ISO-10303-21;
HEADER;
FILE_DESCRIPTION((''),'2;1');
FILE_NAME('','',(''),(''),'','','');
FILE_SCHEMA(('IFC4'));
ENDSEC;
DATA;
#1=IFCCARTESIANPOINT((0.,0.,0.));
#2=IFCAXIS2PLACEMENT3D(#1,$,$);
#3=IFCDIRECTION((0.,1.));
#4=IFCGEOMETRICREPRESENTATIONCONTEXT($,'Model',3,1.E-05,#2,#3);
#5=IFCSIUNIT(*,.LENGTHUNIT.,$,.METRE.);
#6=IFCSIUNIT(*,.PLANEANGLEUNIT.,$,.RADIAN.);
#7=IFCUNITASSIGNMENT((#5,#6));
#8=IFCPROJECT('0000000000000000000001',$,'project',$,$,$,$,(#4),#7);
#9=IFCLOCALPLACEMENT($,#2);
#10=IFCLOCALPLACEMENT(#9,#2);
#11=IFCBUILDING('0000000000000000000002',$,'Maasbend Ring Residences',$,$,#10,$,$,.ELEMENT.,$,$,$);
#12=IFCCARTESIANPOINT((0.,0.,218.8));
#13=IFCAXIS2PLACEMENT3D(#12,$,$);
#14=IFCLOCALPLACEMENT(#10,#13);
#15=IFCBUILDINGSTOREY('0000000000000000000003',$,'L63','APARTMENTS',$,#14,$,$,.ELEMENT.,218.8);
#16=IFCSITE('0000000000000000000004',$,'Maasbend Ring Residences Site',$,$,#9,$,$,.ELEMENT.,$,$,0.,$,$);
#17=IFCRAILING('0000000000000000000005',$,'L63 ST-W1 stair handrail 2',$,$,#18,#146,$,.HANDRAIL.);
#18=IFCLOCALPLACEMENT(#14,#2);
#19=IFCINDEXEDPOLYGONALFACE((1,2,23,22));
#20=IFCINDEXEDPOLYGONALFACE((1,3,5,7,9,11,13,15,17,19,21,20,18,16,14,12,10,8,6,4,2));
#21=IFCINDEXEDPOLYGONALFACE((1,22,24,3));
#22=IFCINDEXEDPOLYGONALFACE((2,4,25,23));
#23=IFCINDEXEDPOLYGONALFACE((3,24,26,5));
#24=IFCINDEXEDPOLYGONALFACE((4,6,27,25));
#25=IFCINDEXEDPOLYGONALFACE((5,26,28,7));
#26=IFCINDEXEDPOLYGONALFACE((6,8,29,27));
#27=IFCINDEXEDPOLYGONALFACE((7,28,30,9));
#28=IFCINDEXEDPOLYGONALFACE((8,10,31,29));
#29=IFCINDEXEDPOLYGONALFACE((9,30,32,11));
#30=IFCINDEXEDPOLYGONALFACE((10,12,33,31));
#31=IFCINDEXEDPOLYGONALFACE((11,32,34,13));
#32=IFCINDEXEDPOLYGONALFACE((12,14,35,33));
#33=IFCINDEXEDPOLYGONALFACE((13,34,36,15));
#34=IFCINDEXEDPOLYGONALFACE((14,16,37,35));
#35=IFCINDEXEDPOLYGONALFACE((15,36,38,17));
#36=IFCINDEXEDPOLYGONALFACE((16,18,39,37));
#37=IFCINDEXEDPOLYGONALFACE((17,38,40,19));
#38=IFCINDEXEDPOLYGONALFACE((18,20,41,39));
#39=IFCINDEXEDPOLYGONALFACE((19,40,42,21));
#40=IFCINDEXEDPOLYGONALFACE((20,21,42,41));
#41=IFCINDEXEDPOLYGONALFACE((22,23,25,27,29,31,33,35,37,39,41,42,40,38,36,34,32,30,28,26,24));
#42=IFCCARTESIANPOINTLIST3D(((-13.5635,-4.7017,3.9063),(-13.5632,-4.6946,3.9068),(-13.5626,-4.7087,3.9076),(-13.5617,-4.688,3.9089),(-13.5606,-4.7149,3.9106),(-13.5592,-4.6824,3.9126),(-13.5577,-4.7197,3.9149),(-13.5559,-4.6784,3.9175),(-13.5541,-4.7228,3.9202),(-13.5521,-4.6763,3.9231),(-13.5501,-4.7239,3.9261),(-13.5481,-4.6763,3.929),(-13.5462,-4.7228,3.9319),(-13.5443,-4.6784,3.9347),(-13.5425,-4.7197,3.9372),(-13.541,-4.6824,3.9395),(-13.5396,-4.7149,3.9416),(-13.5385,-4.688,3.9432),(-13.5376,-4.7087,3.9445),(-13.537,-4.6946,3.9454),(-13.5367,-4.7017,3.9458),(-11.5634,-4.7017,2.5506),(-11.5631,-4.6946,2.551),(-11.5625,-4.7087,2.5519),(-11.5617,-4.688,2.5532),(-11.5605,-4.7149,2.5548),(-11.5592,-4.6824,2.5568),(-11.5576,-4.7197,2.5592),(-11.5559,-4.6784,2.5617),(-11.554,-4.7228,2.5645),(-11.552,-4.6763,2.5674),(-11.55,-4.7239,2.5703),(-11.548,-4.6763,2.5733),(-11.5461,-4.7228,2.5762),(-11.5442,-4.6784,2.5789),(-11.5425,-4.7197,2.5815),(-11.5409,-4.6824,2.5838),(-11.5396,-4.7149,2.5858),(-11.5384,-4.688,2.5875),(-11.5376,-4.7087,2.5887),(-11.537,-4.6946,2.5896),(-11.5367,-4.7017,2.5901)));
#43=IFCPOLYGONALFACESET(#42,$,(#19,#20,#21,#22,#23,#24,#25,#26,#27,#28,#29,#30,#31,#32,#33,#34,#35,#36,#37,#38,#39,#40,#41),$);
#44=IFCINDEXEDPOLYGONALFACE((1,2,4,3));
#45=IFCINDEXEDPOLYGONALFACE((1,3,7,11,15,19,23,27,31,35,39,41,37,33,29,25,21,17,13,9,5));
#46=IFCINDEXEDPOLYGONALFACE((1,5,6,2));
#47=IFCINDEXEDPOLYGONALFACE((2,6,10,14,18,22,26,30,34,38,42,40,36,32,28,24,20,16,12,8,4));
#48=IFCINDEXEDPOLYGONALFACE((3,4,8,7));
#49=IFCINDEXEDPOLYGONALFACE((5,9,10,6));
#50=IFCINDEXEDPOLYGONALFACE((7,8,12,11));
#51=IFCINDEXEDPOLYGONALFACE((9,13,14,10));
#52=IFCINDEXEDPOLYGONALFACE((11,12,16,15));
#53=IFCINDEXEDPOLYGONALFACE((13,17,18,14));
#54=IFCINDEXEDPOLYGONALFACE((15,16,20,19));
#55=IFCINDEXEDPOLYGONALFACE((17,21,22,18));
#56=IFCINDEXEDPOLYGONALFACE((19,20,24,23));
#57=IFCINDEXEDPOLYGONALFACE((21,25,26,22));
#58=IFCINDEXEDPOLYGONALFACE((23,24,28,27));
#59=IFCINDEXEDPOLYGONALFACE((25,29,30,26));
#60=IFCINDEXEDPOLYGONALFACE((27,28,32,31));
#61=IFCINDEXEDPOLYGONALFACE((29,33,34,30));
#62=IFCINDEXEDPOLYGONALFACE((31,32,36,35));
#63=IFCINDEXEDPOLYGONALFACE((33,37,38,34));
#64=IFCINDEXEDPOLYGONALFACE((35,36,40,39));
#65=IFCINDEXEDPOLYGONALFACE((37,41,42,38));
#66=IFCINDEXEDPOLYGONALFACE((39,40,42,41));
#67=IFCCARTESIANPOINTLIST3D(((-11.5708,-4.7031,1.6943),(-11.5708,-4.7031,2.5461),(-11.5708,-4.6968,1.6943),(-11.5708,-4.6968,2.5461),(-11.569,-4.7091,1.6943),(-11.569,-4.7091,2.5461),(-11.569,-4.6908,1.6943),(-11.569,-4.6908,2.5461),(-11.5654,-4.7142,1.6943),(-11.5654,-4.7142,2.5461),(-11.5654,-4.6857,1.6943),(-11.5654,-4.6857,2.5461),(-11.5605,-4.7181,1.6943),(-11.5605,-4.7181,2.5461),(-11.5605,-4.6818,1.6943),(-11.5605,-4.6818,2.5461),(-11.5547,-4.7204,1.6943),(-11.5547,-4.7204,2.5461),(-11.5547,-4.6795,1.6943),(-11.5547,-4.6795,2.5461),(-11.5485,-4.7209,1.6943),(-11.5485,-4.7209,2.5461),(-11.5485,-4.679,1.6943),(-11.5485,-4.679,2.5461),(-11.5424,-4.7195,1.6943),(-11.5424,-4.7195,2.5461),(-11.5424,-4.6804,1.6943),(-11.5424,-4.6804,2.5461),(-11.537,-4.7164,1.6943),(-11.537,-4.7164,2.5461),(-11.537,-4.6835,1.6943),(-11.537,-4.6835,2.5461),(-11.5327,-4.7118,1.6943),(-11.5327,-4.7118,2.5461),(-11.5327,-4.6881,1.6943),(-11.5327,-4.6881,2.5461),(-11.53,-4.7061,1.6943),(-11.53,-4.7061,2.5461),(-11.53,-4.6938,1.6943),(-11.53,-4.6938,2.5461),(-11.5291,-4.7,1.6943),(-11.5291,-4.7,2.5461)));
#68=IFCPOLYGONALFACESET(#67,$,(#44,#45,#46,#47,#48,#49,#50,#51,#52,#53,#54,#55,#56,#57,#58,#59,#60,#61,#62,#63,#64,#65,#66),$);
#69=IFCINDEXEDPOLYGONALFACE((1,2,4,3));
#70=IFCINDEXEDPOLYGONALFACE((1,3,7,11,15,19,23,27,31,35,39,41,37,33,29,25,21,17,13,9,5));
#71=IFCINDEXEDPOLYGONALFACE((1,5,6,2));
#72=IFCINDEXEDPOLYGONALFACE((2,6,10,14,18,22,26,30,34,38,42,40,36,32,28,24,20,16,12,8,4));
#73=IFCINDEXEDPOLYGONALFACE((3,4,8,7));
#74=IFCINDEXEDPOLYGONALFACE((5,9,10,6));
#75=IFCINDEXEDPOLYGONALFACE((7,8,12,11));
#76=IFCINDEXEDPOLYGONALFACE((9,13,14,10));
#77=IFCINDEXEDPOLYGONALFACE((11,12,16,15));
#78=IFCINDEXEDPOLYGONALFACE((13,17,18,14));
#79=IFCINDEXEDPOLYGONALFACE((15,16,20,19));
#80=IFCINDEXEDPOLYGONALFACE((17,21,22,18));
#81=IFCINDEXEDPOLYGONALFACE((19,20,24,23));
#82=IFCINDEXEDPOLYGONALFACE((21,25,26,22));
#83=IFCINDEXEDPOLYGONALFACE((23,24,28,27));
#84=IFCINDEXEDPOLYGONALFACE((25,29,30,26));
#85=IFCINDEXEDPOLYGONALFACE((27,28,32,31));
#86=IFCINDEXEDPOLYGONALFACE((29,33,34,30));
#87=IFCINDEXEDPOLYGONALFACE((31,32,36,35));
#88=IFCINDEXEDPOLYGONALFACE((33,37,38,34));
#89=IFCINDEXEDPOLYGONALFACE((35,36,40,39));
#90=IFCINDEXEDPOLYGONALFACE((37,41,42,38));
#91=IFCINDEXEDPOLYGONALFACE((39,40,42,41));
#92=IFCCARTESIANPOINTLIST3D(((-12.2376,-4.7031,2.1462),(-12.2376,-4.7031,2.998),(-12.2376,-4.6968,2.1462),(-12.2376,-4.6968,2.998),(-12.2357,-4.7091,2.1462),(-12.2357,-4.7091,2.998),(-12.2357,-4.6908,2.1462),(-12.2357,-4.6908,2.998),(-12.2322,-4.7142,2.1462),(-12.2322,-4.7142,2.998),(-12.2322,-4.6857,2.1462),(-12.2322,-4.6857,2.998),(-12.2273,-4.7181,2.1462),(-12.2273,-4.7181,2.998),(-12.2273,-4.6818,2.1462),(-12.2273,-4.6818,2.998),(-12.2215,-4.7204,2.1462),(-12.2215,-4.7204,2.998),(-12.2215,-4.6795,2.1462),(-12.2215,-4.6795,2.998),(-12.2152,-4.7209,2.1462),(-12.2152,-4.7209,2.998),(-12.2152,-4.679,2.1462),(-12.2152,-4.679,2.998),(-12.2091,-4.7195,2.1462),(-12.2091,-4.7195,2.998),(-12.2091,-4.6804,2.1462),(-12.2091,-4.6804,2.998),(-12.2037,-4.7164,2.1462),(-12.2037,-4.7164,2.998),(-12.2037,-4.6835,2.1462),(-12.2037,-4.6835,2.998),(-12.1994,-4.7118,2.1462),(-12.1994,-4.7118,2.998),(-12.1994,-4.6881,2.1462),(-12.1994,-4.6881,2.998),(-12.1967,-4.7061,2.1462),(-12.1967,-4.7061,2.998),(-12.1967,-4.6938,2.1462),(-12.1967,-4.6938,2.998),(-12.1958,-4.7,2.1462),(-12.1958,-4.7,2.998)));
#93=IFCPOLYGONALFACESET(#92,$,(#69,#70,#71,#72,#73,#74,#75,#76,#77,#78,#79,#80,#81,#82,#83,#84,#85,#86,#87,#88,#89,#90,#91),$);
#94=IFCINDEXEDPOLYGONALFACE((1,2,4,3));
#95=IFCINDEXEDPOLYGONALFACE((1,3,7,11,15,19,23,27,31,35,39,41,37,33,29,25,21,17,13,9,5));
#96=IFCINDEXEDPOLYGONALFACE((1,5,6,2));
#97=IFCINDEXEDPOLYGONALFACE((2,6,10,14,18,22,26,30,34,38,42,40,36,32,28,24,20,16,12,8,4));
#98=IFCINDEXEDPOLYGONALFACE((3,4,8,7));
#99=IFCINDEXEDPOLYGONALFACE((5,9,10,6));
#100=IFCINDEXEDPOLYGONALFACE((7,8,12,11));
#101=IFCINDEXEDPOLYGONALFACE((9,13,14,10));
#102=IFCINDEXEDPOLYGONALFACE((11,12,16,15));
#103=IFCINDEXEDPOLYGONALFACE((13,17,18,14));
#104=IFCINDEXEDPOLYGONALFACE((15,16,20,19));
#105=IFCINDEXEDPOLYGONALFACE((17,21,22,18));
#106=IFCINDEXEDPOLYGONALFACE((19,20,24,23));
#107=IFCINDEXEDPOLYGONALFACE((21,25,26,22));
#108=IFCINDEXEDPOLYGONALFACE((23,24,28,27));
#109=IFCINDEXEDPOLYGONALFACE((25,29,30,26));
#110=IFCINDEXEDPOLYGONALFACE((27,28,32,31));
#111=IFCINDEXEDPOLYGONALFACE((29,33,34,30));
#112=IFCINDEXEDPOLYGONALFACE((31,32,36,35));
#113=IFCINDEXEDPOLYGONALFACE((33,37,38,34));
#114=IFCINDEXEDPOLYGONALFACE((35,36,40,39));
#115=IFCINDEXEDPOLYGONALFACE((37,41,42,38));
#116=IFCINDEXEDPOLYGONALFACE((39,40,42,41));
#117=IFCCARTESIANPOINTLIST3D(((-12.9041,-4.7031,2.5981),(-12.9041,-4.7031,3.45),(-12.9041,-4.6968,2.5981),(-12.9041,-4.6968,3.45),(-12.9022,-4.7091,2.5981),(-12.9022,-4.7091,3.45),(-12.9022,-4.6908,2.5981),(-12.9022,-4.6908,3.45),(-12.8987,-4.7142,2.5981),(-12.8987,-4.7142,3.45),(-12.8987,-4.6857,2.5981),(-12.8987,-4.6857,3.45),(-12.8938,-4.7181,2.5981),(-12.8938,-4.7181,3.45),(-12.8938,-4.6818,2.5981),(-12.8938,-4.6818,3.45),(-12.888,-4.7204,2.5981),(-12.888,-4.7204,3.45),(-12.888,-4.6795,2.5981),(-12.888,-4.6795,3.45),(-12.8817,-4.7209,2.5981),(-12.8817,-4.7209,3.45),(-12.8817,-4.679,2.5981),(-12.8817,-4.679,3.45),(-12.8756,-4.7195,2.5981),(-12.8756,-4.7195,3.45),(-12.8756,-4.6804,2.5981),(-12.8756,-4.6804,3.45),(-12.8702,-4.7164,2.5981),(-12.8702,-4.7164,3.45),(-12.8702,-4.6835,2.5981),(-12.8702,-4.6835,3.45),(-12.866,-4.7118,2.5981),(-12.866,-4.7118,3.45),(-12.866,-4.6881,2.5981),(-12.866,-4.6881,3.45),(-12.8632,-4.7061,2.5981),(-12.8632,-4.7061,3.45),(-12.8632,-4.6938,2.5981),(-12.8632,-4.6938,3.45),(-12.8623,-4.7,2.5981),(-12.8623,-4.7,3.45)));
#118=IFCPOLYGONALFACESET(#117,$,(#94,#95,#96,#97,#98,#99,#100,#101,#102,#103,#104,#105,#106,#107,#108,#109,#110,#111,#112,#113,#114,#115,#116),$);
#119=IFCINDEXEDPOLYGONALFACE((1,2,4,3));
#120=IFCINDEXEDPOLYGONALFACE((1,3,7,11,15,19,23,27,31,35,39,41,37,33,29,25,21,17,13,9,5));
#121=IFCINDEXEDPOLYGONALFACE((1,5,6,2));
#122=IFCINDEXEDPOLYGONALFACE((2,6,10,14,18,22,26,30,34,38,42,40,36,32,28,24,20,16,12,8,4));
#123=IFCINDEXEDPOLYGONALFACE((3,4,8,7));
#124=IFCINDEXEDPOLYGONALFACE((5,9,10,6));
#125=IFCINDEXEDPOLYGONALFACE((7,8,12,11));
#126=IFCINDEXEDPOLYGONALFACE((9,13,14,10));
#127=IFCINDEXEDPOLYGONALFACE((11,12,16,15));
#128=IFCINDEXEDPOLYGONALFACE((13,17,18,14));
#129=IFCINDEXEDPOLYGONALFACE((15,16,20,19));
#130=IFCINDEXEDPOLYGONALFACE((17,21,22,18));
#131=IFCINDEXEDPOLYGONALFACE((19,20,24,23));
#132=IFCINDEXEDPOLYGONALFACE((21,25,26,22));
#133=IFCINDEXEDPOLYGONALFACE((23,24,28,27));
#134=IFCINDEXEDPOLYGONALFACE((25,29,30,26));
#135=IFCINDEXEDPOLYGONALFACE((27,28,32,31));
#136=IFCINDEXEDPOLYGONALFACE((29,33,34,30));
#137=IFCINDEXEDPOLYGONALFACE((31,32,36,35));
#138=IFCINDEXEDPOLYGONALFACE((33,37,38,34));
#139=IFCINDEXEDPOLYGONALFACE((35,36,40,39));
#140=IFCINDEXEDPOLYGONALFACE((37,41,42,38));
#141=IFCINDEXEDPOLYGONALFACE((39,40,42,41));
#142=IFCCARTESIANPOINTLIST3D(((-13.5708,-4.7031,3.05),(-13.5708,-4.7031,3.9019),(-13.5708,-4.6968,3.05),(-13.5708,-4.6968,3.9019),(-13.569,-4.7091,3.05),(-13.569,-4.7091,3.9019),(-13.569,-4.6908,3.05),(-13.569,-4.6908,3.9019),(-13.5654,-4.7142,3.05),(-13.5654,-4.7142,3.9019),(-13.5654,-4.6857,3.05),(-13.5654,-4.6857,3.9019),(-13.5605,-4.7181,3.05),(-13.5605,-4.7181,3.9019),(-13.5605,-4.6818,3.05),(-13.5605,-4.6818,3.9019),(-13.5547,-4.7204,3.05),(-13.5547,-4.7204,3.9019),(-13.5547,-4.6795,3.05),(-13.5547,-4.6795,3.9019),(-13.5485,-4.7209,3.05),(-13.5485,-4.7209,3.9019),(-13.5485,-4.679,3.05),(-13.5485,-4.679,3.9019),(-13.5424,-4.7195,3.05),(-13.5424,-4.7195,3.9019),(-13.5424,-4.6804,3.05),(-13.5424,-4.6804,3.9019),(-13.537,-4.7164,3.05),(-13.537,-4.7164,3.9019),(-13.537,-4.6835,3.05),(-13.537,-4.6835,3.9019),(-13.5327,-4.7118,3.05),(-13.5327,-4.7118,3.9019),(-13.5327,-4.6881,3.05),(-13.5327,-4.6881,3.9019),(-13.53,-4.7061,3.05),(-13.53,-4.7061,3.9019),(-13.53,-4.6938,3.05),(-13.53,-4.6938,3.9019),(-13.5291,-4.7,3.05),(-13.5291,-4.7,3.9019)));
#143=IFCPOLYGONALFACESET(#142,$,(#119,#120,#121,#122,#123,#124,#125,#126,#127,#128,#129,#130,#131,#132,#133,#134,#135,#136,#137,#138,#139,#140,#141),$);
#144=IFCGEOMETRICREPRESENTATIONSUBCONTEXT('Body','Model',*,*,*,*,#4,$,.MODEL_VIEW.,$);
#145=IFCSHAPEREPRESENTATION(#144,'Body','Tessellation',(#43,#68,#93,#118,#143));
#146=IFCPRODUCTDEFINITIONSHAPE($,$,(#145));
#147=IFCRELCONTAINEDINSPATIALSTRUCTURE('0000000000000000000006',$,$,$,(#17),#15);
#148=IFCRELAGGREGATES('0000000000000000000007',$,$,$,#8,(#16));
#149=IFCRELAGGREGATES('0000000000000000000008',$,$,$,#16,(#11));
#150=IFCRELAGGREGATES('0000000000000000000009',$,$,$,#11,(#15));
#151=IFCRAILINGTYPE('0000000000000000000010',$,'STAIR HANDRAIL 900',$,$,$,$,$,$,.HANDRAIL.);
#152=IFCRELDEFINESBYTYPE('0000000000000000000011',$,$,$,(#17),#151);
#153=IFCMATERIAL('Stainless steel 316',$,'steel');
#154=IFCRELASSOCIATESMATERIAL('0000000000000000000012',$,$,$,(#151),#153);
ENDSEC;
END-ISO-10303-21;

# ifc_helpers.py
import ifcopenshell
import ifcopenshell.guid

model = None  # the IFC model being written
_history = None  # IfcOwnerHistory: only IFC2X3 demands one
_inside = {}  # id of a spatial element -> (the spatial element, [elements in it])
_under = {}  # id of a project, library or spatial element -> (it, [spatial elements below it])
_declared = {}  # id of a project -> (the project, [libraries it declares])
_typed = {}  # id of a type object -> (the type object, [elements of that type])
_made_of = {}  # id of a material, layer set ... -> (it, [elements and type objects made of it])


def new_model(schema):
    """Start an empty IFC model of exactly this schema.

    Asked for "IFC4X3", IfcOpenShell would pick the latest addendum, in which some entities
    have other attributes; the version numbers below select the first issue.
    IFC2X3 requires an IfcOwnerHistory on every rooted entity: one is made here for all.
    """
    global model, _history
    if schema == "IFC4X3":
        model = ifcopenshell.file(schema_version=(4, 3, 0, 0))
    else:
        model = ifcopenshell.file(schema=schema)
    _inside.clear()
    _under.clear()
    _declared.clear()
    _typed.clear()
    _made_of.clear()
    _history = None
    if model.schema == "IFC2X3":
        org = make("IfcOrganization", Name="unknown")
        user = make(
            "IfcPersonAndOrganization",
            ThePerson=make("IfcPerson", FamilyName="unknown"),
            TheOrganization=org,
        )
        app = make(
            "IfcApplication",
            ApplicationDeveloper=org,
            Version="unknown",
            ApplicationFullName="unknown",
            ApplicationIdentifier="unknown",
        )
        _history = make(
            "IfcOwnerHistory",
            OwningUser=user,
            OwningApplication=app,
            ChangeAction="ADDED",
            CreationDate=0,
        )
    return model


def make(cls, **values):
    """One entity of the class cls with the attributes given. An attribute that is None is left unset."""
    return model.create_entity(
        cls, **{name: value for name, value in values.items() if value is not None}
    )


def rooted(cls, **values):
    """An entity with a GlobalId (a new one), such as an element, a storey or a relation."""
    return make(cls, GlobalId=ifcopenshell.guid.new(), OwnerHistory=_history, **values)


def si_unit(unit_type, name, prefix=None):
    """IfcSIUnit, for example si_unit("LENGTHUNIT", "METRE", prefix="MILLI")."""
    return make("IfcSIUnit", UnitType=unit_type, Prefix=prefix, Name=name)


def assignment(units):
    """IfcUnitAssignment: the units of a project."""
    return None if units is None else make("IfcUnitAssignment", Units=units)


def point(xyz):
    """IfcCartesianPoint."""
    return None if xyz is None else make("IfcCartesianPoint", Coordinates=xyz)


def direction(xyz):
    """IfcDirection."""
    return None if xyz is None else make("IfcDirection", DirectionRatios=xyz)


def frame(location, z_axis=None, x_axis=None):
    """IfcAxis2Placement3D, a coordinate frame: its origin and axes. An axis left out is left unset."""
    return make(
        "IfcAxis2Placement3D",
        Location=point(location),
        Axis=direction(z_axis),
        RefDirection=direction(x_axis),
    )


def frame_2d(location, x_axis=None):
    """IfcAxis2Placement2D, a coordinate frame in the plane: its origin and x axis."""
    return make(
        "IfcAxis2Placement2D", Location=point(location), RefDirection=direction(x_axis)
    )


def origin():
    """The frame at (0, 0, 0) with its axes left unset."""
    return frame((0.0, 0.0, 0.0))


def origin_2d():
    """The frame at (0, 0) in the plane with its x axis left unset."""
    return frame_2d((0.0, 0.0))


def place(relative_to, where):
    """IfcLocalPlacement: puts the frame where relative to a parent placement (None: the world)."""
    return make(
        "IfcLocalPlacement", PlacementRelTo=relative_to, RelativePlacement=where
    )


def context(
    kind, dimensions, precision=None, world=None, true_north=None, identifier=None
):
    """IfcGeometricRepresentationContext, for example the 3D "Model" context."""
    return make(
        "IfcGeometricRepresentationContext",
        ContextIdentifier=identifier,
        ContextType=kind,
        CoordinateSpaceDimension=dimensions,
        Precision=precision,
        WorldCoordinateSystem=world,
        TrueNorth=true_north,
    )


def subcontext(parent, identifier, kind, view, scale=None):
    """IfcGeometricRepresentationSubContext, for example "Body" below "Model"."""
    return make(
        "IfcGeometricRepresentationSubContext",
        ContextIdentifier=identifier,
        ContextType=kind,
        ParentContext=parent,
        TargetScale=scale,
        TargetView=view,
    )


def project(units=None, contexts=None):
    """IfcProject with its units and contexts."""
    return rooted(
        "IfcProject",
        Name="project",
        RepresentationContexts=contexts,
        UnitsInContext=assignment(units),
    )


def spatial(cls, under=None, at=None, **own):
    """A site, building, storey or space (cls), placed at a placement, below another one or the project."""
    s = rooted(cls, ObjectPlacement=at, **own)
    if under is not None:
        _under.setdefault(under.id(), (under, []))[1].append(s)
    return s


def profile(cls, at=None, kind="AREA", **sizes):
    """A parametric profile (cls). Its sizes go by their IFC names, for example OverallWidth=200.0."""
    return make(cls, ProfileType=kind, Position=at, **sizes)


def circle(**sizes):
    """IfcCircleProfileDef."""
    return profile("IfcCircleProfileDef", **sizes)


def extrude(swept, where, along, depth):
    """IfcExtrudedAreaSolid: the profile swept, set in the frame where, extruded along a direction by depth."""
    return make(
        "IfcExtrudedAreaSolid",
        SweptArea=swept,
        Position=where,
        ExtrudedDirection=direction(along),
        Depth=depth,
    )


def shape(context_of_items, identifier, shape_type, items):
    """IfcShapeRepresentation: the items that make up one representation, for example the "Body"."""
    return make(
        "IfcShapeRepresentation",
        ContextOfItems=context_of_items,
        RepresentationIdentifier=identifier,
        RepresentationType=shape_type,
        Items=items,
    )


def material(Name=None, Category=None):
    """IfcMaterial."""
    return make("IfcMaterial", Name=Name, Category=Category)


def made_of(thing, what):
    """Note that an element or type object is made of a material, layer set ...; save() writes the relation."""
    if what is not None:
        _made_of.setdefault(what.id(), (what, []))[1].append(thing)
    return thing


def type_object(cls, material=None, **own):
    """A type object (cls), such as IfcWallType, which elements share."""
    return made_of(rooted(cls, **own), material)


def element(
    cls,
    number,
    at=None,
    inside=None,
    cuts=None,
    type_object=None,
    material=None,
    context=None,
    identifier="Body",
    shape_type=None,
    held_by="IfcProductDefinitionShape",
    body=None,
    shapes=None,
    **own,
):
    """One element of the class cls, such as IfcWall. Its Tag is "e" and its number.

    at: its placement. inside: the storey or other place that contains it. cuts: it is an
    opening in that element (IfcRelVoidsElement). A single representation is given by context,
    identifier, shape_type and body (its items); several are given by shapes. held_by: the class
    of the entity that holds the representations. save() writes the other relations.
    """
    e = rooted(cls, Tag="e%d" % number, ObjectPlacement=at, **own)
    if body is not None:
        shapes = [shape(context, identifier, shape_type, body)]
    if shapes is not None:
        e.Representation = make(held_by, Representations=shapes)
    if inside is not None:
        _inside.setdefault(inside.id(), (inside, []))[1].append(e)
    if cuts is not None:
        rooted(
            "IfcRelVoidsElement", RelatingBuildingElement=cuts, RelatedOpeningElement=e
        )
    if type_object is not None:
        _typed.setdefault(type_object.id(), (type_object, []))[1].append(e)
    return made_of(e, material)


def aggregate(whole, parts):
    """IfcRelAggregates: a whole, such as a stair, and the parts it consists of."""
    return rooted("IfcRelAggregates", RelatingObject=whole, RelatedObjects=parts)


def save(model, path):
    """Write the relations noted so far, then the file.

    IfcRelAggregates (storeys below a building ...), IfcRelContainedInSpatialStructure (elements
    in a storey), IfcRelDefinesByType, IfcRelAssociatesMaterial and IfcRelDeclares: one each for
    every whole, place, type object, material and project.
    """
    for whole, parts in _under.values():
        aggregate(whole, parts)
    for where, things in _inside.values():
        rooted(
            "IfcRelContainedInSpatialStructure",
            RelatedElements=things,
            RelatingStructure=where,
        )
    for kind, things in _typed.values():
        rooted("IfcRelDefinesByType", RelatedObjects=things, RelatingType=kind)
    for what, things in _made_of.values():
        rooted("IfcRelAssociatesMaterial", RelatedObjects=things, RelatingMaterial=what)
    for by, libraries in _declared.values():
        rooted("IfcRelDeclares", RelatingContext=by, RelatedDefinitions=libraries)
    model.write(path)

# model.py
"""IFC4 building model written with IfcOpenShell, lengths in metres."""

from ifc_helpers import new_model, si_unit, direction, frame, origin, origin_2d, place, context, subcontext, project, spatial, circle, extrude, material, type_object, element, save


model = new_model("IFC4")

# Units and contexts
model_context = context("Model", 3, precision=1e-05, world=origin(), true_north=direction((0.0, 1.0)))
body_context = subcontext(model_context, "Body", "Model", "MODEL_VIEW")
ifc_project = project(units=[si_unit("LENGTHUNIT", "METRE"), si_unit("PLANEANGLEUNIT", "RADIAN")], contexts=[model_context])

# Site, building, storey
site_placement = place(None, origin())
site = spatial("IfcSite", under=ifc_project, at=site_placement, Name="Maasbend Ring Residences Site", CompositionType="ELEMENT", RefElevation=0.0)
building_placement = place(site_placement, origin())
building = spatial("IfcBuilding", under=site, at=building_placement, Name="Maasbend Ring Residences", CompositionType="ELEMENT")
storey_placement = place(building_placement, frame((0.0, 0.0, 218.8)))
storey = spatial("IfcBuildingStorey", under=building, at=storey_placement, Name="L63", Description="APARTMENTS", CompositionType="ELEMENT", Elevation=218.8)

# Railing
ifc_material_1 = material(Name="Stainless steel 316", Category="steel")
railing_type_1 = type_object("IfcRailingType", Name="STAIR HANDRAIL 900", PredefinedType="HANDRAIL", material=ifc_material_1)
railing_1_placement = place(storey_placement, frame((-11.55, -4.7, 1.6943)))
element("IfcRailing", 1, at=railing_1_placement, inside=storey, type_object=railing_type_1, Name="L63 ST-W1 stair handrail 2", PredefinedType="HANDRAIL", context=body_context, shape_type="SweptSolid", body=[
    extrude(circle(Radius=0.0239, at=origin_2d()), frame((0.0, 0.0, 0.876), z_axis=(-0.827751, 0.0, 0.561096), x_axis=(0.0, -1.0, 0.0)), (0.0, 0.0, 1.0), 2.4163),
    extrude(circle(Radius=0.021, at=origin_2d()), origin(), (0.0, 0.0, 1.0), 0.8518),
    extrude(circle(Radius=0.021, at=origin_2d()), frame((-0.6667, 0.0, 0.4519)), (0.0, 0.0, 1.0), 0.8518),
    extrude(circle(Radius=0.021, at=origin_2d()), frame((-1.3333, 0.0, 0.9038)), (0.0, 0.0, 1.0), 0.8518),
    extrude(circle(Radius=0.021, at=origin_2d()), frame((-2.0, 0.0, 1.3557)), (0.0, 0.0, 1.0), 0.8518),
])

save(model, "model.ifc")
